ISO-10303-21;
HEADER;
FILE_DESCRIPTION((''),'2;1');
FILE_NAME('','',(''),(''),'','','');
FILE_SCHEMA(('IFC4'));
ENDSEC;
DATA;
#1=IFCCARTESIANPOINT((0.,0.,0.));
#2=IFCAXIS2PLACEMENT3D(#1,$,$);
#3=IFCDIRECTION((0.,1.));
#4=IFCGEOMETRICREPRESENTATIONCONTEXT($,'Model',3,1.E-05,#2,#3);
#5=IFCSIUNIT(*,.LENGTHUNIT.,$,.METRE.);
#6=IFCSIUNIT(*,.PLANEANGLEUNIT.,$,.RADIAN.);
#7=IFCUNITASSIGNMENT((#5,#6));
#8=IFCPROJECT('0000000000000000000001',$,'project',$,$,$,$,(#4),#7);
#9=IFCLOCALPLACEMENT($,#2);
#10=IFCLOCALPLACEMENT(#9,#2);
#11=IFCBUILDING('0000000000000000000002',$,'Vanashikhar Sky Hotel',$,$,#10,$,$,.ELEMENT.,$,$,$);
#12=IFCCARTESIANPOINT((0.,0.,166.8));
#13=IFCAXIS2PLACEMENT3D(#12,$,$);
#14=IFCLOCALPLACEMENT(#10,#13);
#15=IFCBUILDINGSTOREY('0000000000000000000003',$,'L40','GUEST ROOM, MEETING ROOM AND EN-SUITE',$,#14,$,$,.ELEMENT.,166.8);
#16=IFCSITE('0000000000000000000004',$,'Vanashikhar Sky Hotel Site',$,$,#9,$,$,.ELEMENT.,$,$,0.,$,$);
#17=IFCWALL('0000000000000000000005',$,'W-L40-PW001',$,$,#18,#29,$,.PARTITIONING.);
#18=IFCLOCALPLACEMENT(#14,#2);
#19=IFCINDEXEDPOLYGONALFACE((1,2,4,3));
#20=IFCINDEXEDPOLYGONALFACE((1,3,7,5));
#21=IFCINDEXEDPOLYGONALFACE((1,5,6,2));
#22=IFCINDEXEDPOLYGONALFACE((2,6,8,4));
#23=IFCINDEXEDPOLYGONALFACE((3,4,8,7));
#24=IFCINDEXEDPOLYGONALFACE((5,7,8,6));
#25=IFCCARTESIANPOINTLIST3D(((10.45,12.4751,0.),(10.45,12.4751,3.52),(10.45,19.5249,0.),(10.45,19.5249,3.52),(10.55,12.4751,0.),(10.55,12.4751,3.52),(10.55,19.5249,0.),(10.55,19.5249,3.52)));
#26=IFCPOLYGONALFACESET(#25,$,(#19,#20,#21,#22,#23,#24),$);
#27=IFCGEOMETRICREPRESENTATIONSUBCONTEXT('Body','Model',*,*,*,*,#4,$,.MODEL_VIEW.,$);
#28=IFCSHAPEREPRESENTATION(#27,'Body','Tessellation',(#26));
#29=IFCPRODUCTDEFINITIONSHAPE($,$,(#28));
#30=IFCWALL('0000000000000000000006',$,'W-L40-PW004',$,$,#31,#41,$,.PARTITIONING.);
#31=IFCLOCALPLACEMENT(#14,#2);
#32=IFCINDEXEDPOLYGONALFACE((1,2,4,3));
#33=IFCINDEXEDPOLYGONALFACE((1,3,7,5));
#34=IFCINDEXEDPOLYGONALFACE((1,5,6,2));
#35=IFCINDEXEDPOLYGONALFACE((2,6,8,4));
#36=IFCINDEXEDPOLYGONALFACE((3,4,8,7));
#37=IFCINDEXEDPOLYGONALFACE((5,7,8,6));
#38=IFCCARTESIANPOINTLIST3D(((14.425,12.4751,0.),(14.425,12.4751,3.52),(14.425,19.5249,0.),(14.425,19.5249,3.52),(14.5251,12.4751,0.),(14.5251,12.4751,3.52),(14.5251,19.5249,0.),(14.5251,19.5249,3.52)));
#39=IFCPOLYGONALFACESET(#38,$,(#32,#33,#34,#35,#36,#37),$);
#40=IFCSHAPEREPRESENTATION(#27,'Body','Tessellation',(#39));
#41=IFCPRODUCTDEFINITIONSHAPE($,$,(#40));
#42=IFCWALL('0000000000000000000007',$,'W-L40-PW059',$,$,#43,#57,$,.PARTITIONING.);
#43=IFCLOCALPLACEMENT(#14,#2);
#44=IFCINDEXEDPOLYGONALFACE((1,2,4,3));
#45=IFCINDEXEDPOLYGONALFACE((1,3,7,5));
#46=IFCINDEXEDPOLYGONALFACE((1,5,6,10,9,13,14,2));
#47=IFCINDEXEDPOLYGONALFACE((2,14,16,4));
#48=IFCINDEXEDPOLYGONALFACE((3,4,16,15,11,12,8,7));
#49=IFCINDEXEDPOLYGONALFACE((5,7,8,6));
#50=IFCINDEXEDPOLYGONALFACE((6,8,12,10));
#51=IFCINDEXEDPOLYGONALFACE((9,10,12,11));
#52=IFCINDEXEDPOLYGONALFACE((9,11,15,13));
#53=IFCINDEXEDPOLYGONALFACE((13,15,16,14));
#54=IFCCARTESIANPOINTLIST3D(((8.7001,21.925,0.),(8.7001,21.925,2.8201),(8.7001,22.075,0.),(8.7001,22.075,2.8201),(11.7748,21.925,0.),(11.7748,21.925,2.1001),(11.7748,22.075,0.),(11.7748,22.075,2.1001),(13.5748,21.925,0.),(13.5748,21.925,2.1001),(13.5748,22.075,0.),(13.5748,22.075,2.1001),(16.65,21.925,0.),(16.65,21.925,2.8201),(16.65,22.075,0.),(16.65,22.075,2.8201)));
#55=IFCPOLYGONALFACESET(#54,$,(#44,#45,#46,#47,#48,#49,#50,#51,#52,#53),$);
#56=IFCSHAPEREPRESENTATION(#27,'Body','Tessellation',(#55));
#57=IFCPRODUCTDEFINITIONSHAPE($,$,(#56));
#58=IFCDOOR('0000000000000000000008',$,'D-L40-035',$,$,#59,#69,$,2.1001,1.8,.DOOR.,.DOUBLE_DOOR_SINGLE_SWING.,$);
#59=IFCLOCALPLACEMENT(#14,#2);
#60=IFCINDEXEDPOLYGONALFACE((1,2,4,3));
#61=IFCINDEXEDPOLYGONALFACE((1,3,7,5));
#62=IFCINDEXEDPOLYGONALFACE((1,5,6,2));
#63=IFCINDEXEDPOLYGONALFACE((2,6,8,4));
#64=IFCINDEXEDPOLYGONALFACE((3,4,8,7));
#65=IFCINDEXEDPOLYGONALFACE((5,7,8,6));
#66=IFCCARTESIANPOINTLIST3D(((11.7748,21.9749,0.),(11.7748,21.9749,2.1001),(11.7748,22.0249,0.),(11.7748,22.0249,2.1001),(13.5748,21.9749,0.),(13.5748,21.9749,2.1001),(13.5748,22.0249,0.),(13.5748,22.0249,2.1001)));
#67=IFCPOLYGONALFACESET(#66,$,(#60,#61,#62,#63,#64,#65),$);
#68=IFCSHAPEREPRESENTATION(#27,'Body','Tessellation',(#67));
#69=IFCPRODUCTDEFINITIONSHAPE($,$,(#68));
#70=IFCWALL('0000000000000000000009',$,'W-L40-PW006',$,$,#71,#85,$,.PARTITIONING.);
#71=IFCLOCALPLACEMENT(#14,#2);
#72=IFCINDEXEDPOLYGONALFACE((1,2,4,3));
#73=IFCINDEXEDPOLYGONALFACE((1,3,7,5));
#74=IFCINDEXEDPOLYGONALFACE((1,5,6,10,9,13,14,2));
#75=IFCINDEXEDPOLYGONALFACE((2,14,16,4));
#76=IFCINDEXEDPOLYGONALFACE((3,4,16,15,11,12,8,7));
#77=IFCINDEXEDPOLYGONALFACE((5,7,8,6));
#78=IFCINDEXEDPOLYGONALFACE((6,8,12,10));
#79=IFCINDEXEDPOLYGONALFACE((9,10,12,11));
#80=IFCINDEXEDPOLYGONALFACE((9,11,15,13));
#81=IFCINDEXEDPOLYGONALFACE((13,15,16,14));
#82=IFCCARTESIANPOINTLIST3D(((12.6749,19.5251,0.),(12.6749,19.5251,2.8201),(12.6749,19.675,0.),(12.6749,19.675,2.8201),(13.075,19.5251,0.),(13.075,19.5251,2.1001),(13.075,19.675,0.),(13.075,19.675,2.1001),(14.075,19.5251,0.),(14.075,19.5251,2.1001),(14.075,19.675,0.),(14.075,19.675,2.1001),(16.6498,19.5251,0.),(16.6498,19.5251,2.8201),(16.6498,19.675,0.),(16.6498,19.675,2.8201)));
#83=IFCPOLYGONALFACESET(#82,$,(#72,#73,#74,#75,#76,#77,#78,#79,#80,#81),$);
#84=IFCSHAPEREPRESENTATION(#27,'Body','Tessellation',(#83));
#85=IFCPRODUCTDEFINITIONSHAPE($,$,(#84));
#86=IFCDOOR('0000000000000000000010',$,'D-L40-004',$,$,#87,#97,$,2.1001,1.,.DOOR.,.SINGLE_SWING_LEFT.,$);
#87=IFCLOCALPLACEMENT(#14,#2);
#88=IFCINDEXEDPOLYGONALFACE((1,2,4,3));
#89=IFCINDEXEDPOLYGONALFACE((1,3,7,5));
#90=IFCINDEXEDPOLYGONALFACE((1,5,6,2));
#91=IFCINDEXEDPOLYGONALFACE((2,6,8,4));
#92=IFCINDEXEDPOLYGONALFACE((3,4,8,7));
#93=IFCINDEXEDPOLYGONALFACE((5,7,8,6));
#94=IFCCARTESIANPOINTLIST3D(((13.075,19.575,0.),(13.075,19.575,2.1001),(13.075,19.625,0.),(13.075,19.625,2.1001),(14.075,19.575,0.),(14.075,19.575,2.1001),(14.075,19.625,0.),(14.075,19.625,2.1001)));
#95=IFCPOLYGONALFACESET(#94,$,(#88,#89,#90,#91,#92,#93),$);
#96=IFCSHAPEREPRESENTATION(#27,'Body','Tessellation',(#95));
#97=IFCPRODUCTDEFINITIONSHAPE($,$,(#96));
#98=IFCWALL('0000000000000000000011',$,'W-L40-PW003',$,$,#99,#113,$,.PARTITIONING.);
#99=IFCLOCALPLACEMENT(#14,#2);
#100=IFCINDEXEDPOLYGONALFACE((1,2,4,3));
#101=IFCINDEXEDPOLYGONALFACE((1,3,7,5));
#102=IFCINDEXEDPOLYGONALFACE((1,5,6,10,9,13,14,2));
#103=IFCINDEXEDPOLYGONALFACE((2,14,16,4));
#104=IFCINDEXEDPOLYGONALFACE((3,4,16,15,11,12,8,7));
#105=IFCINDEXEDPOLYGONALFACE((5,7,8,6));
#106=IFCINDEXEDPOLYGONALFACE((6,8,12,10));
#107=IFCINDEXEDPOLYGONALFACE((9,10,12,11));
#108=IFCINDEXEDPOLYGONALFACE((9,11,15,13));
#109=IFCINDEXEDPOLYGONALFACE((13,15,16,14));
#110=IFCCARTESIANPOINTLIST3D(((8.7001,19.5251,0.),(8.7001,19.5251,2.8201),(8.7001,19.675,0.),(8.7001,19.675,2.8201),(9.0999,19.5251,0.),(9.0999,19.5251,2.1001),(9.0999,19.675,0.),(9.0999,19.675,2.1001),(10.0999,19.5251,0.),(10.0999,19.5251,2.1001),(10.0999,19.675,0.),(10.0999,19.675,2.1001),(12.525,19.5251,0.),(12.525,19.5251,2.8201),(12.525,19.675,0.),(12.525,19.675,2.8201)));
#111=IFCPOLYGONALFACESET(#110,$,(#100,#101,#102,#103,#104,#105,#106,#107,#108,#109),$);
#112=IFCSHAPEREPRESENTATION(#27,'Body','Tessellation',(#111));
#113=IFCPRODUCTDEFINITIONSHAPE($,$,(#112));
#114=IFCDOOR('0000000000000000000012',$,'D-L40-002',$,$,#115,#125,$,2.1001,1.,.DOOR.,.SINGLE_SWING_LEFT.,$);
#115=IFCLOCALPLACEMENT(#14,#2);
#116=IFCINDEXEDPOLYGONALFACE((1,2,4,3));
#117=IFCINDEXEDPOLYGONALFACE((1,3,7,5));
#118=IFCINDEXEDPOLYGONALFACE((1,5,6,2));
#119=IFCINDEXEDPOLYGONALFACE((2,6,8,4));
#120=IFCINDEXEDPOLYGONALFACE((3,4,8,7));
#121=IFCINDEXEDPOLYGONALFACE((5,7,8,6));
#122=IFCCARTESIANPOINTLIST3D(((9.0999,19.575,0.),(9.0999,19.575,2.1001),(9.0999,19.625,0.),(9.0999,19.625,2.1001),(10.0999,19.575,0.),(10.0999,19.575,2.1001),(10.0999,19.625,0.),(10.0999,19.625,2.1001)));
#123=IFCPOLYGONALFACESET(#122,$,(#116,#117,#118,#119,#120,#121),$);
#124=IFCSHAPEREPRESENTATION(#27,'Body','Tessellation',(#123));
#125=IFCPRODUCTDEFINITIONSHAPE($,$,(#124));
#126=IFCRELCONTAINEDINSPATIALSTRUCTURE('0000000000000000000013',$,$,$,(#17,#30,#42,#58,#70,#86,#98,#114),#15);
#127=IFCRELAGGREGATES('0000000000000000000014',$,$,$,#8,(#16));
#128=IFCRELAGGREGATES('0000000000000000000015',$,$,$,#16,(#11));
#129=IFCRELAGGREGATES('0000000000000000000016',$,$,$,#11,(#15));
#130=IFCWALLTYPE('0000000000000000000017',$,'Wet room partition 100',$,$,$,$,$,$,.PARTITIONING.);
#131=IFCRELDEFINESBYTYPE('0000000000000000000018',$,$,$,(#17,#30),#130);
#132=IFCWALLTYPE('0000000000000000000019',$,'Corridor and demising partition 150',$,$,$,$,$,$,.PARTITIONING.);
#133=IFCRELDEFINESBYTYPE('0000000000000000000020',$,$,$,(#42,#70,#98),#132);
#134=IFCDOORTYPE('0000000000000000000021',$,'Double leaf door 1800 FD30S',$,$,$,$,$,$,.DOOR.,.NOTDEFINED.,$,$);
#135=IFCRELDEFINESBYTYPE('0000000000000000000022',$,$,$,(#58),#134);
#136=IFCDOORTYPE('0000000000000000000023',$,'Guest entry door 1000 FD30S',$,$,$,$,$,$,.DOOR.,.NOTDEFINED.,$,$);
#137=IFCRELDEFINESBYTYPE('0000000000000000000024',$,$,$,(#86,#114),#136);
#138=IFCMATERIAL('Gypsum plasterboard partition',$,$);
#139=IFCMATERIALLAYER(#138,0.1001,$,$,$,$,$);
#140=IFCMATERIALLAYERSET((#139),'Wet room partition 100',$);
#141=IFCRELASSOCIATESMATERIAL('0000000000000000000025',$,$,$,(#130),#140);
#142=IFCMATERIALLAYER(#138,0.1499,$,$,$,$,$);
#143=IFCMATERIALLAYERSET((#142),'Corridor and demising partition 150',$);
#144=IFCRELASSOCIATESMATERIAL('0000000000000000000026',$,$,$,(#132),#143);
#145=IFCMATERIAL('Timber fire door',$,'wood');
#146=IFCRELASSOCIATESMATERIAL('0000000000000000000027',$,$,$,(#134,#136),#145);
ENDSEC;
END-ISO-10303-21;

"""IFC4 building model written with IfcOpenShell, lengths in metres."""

from ifc_helpers import new_model, si_unit, direction, frame, frame_2d, origin, place, context, subcontext, project, spatial, rectangle, extrude, source, transform, mapped, material, layer, layer_set, type_object, element, fill, save


model = new_model("IFC4")

# Units and contexts
model_context = context("Model", 3, precision=1e-05, world=origin(), true_north=direction((0.0, 1.0)))
body_context = subcontext(model_context, "Body", "Model", "MODEL_VIEW")
ifc_project = project(units=[si_unit("LENGTHUNIT", "METRE"), si_unit("PLANEANGLEUNIT", "RADIAN")], contexts=[model_context])

# Site, building, storey
site_placement = place(None, origin())
site = spatial("IfcSite", under=ifc_project, at=site_placement, Name="Vanashikhar Sky Hotel Site", CompositionType="ELEMENT", RefElevation=0.0)
building_placement = place(site_placement, origin())
building = spatial("IfcBuilding", under=site, at=building_placement, Name="Vanashikhar Sky Hotel", CompositionType="ELEMENT")
storey_placement = place(building_placement, frame((0.0, 0.0, 166.8)))
storey = spatial("IfcBuildingStorey", under=building, at=storey_placement, Name="L40", Description="GUEST ROOM, MEETING ROOM AND EN-SUITE", CompositionType="ELEMENT", Elevation=166.8)

# Walls
ifc_material_1 = material(Name="Gypsum plasterboard partition")
ifc_layer_1 = layer(ifc_material_1, 0.1001)
ifc_layer_set_1 = layer_set([ifc_layer_1], Name="Wet room partition 100")
wall_type_1 = type_object("IfcWallType", Name="Wet room partition 100", PredefinedType="PARTITIONING", material=ifc_layer_set_1)
shared_shape_1 = source(origin(), body_context, "Body", "SweptSolid", [
    extrude(rectangle(XDim=7.0498, YDim=0.1001, at=frame_2d((3.5249, 0.0))), origin(), (0.0, 0.0, 1.0), 3.52),
])
for number, where, z_axis, x_axis, name in (
    (1, (10.5, 12.4751, 0.0), (0.0, 0.0, 1.0), (0.0, 1.0, 0.0), "W-L40-PW001"),
    (2, (14.4751, 12.4751, 0.0), (0.0, 0.0, 1.0), (0.0, 1.0, 0.0), "W-L40-PW004"),
):
    element("IfcWall", number, at=place(storey_placement, frame(where, z_axis=z_axis, x_axis=x_axis)), inside=storey, type_object=wall_type_1, Name=name, PredefinedType="PARTITIONING", context=body_context, shape_type="MappedRepresentation", body=[
        mapped(shared_shape_1, transform((0.0, 0.0, 0.0), scale=1.0)),
    ])

# Walls, openings, doors
ifc_layer_2 = layer(ifc_material_1, 0.1499)
ifc_layer_set_2 = layer_set([ifc_layer_2], Name="Corridor and demising partition 150")
wall_type_2 = type_object("IfcWallType", Name="Corridor and demising partition 150", PredefinedType="PARTITIONING", material=ifc_layer_set_2)
shared_shape_2 = source(origin(), body_context, "Body", "SweptSolid", [
    extrude(rectangle(XDim=7.95, YDim=0.1499, at=frame_2d((3.9751, 0.0))), origin(), (0.0, 0.0, 1.0), 2.8201),
])
wall_1_placement = place(storey_placement, frame((8.7, 22.0, 0.0), z_axis=(0.0, 0.0, 1.0), x_axis=(1.0, 0.0, 0.0)))
wall_1 = element("IfcWall", 3, at=wall_1_placement, inside=storey, type_object=wall_type_2, Name="W-L40-PW059", PredefinedType="PARTITIONING", context=body_context, shape_type="MappedRepresentation", body=[
    mapped(shared_shape_2, transform((0.0, 0.0, 0.0), scale=1.0)),
])
shared_shape_3 = source(origin(), body_context, "Body", "SweptSolid", [
    extrude(rectangle(XDim=1.8, YDim=2.1001, at=frame_2d((0.8999, 1.05))), frame((0.0, 0.085, 0.0), z_axis=(0.0, -1.0, 0.0), x_axis=(1.0, 0.0, 0.0)), (0.0, 0.0, 1.0), 0.1699),
])
opening_1_placement = place(wall_1_placement, frame((3.075, 0.0, 0.0)))
opening_1 = element("IfcOpeningElement", 4, at=opening_1_placement, cuts=wall_1, PredefinedType="OPENING", context=body_context, shape_type="MappedRepresentation", body=[
    mapped(shared_shape_3, transform((0.0, 0.0, 0.0), scale=1.0)),
])
ifc_material_2 = material(Name="Timber fire door", Category="wood")
door_type_1 = type_object("IfcDoorType", Name="Double leaf door 1800 FD30S", OperationType="NOTDEFINED", PredefinedType="DOOR", material=ifc_material_2)
shared_shape_4 = source(origin(), body_context, "Body", "SweptSolid", [
    extrude(rectangle(XDim=1.8, YDim=2.1001, at=frame_2d((0.8999, 1.05))), frame((0.0, 0.0249, 0.0), z_axis=(0.0, -1.0, 0.0), x_axis=(1.0, 0.0, 0.0)), (0.0, 0.0, 1.0), 0.05),
])
door_1_placement = place(opening_1_placement, origin())
door_1 = element("IfcDoor", 5, at=door_1_placement, inside=storey, type_object=door_type_1, Name="D-L40-035", OperationType="DOUBLE_DOOR_SINGLE_SWING", OverallHeight=2.1001, OverallWidth=1.8, PredefinedType="DOOR", context=body_context, shape_type="MappedRepresentation", body=[
    mapped(shared_shape_4, transform((0.0, 0.0, 0.0), scale=1.0)),
])
fill(opening_1, door_1)
shared_shape_5 = source(origin(), body_context, "Body", "SweptSolid", [
    extrude(rectangle(XDim=3.9749, YDim=0.1499, at=frame_2d((1.9873, 0.0))), origin(), (0.0, 0.0, 1.0), 2.8201),
])
wall_2_placement = place(storey_placement, frame((12.675, 19.6001, 0.0), z_axis=(0.0, 0.0, 1.0), x_axis=(1.0, 0.0, 0.0)))
wall_2 = element("IfcWall", 6, at=wall_2_placement, inside=storey, type_object=wall_type_2, Name="W-L40-PW006", PredefinedType="PARTITIONING", context=body_context, shape_type="MappedRepresentation", body=[
    mapped(shared_shape_5, transform((0.0, 0.0, 0.0), scale=1.0)),
])
shared_shape_6 = source(origin(), body_context, "Body", "SweptSolid", [
    extrude(rectangle(XDim=1.0, YDim=2.1001, at=frame_2d((0.5, 1.05))), frame((0.0, 0.085, 0.0), z_axis=(0.0, -1.0, 0.0), x_axis=(1.0, 0.0, 0.0)), (0.0, 0.0, 1.0), 0.1699),
])
opening_2_placement = place(wall_2_placement, frame((0.3999, 0.0, 0.0)))
opening_2 = element("IfcOpeningElement", 7, at=opening_2_placement, cuts=wall_2, PredefinedType="OPENING", context=body_context, shape_type="MappedRepresentation", body=[
    mapped(shared_shape_6, transform((0.0, 0.0, 0.0), scale=1.0)),
])
door_type_2 = type_object("IfcDoorType", Name="Guest entry door 1000 FD30S", OperationType="NOTDEFINED", PredefinedType="DOOR", material=ifc_material_2)
shared_shape_7 = source(origin(), body_context, "Body", "SweptSolid", [
    extrude(rectangle(XDim=1.0, YDim=2.1001, at=frame_2d((0.5, 1.05))), frame((0.0, 0.0249, 0.0), z_axis=(0.0, -1.0, 0.0), x_axis=(1.0, 0.0, 0.0)), (0.0, 0.0, 1.0), 0.05),
])
door_2_placement = place(opening_2_placement, origin())
door_2 = element("IfcDoor", 8, at=door_2_placement, inside=storey, type_object=door_type_2, Name="D-L40-004", OperationType="SINGLE_SWING_LEFT", OverallHeight=2.1001, OverallWidth=1.0, PredefinedType="DOOR", context=body_context, shape_type="MappedRepresentation", body=[
    mapped(shared_shape_7, transform((0.0, 0.0, 0.0), scale=1.0)),
])
fill(opening_2, door_2)
shared_shape_8 = source(origin(), body_context, "Body", "SweptSolid", [
    extrude(rectangle(XDim=3.825, YDim=0.1499, at=frame_2d((1.9126, 0.0))), origin(), (0.0, 0.0, 1.0), 2.8201),
])
wall_3_placement = place(storey_placement, frame((8.7, 19.6001, 0.0), z_axis=(0.0, 0.0, 1.0), x_axis=(1.0, 0.0, 0.0)))
wall_3 = element("IfcWall", 9, at=wall_3_placement, inside=storey, type_object=wall_type_2, Name="W-L40-PW003", PredefinedType="PARTITIONING", context=body_context, shape_type="MappedRepresentation", body=[
    mapped(shared_shape_8, transform((0.0, 0.0, 0.0), scale=1.0)),
])
opening_3_placement = place(wall_3_placement, frame((0.3999, 0.0, 0.0)))
opening_3 = element("IfcOpeningElement", 10, at=opening_3_placement, cuts=wall_3, PredefinedType="OPENING", context=body_context, shape_type="MappedRepresentation", body=[
    mapped(shared_shape_6, transform((0.0, 0.0, 0.0), scale=1.0)),
])
door_3_placement = place(opening_3_placement, origin())
door_3 = element("IfcDoor", 11, at=door_3_placement, inside=storey, type_object=door_type_2, Name="D-L40-002", OperationType="SINGLE_SWING_LEFT", OverallHeight=2.1001, OverallWidth=1.0, PredefinedType="DOOR", context=body_context, shape_type="MappedRepresentation", body=[
    mapped(shared_shape_7, transform((0.0, 0.0, 0.0), scale=1.0)),
])
fill(opening_3, door_3)

save(model, "model.ifc")
